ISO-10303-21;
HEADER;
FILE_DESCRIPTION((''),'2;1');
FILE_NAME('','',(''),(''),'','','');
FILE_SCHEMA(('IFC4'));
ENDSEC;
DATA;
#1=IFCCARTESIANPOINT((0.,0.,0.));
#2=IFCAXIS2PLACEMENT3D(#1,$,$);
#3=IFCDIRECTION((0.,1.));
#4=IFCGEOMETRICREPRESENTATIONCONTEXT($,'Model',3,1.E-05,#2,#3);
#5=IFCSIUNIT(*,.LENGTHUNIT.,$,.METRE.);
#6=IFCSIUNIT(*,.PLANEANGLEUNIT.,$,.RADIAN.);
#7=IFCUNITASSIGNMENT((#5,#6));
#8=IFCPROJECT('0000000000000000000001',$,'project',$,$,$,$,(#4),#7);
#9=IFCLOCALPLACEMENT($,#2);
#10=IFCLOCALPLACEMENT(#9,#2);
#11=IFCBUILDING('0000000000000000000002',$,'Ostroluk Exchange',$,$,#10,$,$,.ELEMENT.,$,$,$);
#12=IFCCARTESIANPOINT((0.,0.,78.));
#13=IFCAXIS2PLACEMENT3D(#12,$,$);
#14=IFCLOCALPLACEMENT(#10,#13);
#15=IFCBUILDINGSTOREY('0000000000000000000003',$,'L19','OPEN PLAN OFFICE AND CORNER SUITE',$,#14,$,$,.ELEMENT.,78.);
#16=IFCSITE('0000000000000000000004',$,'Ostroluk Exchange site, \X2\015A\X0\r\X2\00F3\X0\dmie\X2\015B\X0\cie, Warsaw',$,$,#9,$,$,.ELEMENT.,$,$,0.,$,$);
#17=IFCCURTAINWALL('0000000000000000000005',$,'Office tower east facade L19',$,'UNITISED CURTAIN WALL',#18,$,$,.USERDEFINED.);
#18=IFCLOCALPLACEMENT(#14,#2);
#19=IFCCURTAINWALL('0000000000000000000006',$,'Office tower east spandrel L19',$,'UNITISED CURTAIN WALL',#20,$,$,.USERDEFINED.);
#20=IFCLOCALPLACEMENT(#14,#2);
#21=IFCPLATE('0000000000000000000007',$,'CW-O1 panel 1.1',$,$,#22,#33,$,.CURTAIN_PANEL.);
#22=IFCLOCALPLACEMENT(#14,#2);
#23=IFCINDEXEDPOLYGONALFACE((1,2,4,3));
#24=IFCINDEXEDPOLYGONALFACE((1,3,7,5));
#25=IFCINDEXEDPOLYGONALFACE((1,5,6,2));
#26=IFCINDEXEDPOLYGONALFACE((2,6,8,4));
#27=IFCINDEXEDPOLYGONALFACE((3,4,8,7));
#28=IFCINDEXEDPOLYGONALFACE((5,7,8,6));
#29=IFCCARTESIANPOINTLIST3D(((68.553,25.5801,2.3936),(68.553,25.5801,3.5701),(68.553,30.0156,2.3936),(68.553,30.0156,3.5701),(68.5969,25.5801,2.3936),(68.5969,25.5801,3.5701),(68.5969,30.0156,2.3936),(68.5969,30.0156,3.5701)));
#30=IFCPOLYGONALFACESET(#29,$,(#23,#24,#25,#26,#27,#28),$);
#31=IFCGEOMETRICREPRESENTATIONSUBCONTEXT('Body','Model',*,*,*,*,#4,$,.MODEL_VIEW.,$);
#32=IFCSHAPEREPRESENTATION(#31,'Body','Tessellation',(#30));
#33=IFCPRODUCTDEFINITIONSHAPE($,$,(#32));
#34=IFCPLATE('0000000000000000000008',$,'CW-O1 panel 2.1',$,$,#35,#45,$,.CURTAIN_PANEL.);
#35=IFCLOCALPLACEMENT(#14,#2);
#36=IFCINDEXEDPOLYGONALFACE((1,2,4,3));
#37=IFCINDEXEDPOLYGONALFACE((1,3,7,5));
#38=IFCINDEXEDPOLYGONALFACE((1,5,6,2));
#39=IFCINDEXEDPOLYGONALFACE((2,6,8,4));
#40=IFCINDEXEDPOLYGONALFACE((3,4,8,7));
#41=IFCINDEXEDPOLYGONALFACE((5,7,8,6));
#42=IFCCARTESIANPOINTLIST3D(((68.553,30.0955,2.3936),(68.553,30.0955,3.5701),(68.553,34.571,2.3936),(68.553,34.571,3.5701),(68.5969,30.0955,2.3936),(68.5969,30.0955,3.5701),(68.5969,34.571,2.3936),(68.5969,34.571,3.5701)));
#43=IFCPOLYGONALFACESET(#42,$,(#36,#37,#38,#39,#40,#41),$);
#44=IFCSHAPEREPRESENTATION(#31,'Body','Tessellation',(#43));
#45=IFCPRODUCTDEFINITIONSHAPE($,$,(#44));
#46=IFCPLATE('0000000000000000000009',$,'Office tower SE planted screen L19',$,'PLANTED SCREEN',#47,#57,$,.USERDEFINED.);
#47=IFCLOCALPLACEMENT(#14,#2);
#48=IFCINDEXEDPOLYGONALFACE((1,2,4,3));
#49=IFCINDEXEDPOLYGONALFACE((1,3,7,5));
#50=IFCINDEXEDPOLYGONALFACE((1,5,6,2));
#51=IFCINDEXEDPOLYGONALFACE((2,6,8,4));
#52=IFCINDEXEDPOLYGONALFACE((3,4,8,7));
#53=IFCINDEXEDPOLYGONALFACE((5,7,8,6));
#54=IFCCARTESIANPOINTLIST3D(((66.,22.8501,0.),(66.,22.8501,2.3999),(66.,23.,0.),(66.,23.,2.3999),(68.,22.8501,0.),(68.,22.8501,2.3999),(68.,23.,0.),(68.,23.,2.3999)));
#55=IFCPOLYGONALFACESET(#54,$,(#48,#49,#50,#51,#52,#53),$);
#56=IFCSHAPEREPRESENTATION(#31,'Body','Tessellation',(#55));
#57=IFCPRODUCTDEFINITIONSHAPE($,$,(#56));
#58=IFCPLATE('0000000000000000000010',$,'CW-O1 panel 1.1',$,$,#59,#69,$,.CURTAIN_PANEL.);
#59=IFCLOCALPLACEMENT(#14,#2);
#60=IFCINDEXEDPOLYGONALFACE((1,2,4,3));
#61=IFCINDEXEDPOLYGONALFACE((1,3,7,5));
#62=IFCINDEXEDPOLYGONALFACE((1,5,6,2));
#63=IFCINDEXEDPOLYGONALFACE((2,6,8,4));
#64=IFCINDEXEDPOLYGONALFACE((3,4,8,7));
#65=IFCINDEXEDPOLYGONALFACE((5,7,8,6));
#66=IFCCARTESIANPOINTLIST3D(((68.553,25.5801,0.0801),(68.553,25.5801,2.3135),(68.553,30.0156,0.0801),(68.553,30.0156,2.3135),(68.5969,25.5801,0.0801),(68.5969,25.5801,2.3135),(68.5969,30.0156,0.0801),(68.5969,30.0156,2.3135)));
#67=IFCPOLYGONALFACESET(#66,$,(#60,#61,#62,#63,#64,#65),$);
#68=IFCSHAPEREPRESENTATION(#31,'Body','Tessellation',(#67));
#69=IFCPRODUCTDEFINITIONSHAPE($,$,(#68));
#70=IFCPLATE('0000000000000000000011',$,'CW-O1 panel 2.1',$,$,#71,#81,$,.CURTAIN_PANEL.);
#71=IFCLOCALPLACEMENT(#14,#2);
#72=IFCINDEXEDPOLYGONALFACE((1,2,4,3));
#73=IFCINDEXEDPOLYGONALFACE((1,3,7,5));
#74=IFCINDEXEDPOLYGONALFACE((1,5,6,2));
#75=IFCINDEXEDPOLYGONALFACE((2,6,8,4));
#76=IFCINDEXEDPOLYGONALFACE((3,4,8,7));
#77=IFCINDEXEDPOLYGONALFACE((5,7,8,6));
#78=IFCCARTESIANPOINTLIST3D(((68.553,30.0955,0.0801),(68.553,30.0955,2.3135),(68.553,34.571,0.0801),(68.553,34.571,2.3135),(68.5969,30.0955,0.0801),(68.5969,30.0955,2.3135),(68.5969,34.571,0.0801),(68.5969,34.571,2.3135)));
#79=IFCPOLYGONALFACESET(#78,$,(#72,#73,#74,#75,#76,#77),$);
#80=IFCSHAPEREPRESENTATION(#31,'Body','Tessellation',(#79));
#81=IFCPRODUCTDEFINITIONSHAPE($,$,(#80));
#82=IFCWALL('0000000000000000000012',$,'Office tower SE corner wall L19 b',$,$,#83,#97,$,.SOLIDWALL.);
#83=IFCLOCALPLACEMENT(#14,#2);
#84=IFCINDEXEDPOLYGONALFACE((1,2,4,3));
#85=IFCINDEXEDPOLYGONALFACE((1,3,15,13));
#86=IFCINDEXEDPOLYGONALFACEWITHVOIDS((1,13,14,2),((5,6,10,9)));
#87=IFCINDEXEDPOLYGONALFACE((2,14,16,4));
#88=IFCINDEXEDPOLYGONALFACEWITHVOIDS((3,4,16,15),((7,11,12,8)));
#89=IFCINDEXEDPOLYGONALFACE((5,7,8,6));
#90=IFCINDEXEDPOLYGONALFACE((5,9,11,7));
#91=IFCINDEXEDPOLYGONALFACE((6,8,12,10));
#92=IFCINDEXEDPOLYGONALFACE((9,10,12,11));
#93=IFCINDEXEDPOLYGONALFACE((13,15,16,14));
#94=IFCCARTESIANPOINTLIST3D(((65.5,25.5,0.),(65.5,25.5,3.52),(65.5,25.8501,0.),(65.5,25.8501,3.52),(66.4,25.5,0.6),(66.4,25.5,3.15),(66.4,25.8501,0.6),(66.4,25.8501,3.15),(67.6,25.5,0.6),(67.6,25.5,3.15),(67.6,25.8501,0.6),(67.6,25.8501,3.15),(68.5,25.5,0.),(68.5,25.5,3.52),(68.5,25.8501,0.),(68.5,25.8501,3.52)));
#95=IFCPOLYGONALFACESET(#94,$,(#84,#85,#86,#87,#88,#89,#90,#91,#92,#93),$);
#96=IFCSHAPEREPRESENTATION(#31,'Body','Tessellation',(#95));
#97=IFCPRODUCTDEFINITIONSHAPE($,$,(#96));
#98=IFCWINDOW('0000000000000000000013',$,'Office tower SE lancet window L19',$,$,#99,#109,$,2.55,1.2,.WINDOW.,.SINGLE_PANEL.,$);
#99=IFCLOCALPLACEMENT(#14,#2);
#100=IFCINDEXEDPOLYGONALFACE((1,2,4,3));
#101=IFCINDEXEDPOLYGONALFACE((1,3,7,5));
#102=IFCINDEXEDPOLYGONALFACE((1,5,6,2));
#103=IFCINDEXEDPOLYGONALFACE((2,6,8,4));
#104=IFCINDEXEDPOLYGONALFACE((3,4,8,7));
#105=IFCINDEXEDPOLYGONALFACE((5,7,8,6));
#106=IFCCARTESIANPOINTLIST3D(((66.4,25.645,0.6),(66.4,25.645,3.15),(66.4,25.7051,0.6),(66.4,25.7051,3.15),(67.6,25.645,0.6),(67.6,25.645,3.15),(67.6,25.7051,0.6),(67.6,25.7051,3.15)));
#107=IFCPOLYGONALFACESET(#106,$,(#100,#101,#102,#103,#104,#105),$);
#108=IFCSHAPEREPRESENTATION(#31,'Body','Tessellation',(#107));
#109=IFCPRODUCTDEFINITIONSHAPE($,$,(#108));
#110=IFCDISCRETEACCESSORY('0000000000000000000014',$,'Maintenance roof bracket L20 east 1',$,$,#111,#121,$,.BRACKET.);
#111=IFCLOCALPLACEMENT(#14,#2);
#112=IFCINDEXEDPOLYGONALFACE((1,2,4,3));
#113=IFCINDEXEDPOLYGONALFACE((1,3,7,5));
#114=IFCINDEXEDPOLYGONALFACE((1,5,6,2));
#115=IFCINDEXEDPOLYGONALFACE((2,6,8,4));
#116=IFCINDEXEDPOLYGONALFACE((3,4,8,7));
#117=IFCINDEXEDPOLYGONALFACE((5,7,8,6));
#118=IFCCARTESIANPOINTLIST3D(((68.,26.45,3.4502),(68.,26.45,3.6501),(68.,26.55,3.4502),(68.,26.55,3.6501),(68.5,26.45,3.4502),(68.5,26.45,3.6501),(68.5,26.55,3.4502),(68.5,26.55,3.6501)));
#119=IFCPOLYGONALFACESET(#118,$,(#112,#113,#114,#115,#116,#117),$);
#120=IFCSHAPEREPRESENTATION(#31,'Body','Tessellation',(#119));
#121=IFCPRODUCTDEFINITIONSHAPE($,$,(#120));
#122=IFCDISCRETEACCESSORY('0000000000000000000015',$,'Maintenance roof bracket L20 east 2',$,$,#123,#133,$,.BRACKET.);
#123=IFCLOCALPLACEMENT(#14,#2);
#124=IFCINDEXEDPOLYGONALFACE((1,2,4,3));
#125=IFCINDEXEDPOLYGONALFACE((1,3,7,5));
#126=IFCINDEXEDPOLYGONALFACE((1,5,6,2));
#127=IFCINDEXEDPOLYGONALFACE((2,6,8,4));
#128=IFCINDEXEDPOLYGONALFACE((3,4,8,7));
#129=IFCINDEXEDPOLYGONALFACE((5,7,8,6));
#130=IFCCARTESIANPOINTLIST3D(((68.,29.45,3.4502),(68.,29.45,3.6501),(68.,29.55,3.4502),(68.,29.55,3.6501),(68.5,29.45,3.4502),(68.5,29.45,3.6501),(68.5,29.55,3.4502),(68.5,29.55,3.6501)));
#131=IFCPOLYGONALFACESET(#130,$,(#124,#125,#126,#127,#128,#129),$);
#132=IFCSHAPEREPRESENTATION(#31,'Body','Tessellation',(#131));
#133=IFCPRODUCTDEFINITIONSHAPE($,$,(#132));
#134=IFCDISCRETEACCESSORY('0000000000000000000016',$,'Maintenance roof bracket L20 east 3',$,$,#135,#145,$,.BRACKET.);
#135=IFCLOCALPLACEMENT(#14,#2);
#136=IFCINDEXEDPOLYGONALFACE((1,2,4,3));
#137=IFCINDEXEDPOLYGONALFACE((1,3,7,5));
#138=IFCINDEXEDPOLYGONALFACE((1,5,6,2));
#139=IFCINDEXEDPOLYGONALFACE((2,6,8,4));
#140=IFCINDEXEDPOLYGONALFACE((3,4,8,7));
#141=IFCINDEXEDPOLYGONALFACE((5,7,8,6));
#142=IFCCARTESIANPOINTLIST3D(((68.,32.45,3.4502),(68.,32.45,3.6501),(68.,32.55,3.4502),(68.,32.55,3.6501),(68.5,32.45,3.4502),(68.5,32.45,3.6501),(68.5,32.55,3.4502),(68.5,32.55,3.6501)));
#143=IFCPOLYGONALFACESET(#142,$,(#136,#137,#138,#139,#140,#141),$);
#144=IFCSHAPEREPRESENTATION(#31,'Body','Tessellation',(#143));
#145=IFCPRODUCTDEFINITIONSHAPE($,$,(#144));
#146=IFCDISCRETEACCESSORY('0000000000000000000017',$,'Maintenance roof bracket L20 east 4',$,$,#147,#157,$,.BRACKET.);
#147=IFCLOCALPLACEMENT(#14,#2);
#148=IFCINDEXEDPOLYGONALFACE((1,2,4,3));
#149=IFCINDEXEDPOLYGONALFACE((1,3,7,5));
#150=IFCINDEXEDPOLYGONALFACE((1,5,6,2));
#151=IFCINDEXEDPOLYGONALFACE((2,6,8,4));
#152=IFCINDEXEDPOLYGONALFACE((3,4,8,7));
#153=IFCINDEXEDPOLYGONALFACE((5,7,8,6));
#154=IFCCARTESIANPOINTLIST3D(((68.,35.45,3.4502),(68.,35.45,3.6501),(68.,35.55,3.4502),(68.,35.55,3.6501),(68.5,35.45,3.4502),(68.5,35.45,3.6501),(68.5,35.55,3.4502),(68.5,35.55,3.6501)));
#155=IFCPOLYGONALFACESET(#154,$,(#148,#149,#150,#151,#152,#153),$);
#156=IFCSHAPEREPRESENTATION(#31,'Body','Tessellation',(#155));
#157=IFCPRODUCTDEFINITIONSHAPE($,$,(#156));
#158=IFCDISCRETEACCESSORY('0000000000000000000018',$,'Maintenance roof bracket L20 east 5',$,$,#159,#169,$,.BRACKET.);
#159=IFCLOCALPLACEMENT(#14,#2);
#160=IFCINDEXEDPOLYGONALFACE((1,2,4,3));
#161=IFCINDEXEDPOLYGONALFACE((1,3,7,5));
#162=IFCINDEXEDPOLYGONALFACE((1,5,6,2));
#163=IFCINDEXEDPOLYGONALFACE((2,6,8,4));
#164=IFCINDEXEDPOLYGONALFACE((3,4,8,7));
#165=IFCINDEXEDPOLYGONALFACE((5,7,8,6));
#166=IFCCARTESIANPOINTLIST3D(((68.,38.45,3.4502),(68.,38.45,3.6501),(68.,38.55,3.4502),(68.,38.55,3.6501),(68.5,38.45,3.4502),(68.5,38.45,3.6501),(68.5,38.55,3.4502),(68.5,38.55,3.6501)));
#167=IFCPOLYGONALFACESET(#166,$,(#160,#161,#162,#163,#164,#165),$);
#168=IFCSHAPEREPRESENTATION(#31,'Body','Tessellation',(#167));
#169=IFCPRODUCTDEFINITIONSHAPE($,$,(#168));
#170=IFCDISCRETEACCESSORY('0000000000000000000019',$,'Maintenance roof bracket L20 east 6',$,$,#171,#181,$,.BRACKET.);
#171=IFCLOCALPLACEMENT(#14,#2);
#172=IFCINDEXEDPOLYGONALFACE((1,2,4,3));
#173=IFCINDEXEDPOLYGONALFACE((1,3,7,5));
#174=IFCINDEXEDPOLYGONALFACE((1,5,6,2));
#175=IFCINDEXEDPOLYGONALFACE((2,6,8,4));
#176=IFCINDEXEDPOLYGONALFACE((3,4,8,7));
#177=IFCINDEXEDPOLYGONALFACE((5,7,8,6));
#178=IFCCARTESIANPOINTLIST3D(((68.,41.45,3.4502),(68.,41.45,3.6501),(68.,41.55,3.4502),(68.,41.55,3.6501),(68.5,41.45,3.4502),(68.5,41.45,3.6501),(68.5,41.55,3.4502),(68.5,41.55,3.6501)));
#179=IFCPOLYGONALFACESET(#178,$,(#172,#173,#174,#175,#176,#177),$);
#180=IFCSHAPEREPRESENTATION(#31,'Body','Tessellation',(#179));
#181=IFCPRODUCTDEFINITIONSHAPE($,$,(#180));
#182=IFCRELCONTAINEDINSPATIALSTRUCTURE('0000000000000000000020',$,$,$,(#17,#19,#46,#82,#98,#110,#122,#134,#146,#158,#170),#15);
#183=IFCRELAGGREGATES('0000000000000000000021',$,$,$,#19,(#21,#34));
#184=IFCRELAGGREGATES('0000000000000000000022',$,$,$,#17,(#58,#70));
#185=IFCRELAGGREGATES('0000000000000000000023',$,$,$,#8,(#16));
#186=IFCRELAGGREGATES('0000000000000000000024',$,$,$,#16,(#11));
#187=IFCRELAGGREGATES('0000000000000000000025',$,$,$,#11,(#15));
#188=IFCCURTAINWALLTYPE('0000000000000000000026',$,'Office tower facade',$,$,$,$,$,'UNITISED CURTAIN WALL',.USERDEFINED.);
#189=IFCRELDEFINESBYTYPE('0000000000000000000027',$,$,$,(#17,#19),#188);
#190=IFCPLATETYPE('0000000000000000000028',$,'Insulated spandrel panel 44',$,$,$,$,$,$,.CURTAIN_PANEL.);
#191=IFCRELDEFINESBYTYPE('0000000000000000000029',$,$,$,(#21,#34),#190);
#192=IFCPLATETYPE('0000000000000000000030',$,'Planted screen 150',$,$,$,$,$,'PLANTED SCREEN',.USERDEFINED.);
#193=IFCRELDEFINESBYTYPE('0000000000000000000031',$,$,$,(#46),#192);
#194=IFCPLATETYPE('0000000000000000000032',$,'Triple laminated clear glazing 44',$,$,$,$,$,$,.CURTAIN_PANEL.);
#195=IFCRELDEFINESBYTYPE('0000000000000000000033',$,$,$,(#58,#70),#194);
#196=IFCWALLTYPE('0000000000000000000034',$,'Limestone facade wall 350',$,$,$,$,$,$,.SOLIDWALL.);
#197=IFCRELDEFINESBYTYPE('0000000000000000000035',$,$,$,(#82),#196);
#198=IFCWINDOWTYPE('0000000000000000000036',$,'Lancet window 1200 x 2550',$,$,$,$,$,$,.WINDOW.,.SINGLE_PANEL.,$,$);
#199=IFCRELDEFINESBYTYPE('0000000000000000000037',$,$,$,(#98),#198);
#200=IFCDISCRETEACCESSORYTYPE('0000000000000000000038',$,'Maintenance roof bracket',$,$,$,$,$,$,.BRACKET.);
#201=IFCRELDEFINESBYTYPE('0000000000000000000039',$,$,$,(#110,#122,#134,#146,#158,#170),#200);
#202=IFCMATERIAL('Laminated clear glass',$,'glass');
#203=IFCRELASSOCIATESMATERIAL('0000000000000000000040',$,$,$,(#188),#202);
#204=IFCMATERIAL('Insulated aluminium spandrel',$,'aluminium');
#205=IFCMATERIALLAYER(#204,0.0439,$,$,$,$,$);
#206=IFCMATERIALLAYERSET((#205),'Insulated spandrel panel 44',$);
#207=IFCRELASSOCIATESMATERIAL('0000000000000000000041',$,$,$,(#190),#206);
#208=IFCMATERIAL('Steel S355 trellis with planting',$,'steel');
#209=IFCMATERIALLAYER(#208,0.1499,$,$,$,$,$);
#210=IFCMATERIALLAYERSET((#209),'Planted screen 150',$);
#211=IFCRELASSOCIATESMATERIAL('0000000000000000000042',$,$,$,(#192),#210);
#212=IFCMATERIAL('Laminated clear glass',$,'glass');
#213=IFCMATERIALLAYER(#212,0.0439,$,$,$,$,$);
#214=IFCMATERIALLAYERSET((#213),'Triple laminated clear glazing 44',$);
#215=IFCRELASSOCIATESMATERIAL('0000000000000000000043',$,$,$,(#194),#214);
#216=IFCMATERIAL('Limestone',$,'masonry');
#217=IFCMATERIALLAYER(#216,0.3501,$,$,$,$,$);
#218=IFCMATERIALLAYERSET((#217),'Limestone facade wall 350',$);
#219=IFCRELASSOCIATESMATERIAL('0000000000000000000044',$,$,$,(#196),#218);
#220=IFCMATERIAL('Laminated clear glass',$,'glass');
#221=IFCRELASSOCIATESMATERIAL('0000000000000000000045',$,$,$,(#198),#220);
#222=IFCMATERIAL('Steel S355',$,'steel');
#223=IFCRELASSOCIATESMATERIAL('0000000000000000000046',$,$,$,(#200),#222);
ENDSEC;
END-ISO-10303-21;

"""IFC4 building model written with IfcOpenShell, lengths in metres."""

from ifc_helpers import new_model, si_unit, direction, frame, frame_2d, origin, origin_2d, place, context, subcontext, project, spatial, rectangle, extrude, material, layer, layer_set, type_object, element, fill, aggregate, save


model = new_model("IFC4")

# Units and contexts
model_context = context("Model", 3, precision=1e-05, world=origin(), true_north=direction((0.0, 1.0)))
body_context = subcontext(model_context, "Body", "Model", "MODEL_VIEW")
ifc_project = project(units=[si_unit("LENGTHUNIT", "METRE"), si_unit("PLANEANGLEUNIT", "RADIAN")], contexts=[model_context])

# Site, building, storey
site_placement = place(None, origin())
site = spatial("IfcSite", under=ifc_project, at=site_placement, Name="Ostroluk Exchange site, Śródmieście, Warsaw", CompositionType="ELEMENT", RefElevation=0.0)
building_placement = place(site_placement, origin())
building = spatial("IfcBuilding", under=site, at=building_placement, Name="Ostroluk Exchange", CompositionType="ELEMENT")
storey_placement = place(building_placement, frame((0.0, 0.0, 78.0)))
storey = spatial("IfcBuildingStorey", under=building, at=storey_placement, Name="L19", Description="OPEN PLAN OFFICE AND CORNER SUITE", CompositionType="ELEMENT", Elevation=78.0)

# Curtain wall
ifc_material_1 = material(Name="Laminated clear glass", Category="glass")
curtain_wall_type = type_object("IfcCurtainWallType", Name="Office tower facade", ElementType="UNITISED CURTAIN WALL", PredefinedType="USERDEFINED", material=ifc_material_1)
curtain_wall_1_placement = place(storey_placement, origin())
curtain_wall_1 = element("IfcCurtainWall", 1, at=curtain_wall_1_placement, inside=storey, type_object=curtain_wall_type, Name="Office tower east facade L19", ObjectType="UNITISED CURTAIN WALL", PredefinedType="USERDEFINED")

# Curtain wall, plates
curtain_wall_2_placement = place(storey_placement, origin())
curtain_wall_2 = element("IfcCurtainWall", 2, at=curtain_wall_2_placement, inside=storey, type_object=curtain_wall_type, Name="Office tower east spandrel L19", ObjectType="UNITISED CURTAIN WALL", PredefinedType="USERDEFINED")
ifc_material_2 = material(Name="Insulated aluminium spandrel", Category="aluminium")
ifc_layer_1 = layer(ifc_material_2, 0.0439)
ifc_layer_set_1 = layer_set([ifc_layer_1], Name="Insulated spandrel panel 44")
plate_type_1 = type_object("IfcPlateType", Name="Insulated spandrel panel 44", PredefinedType="CURTAIN_PANEL", material=ifc_layer_set_1)
plate_1_placement = place(storey_placement, frame((68.575, 27.7979, 2.3936), z_axis=(0.0, 0.0, 1.0), x_axis=(0.0, 1.0, 0.0)))
plate_1 = element("IfcPlate", 3, at=plate_1_placement, type_object=plate_type_1, Name="CW-O1 panel 1.1", PredefinedType="CURTAIN_PANEL", context=body_context, shape_type="SweptSolid", body=[
    extrude(rectangle(XDim=4.4355, YDim=0.0439, at=origin_2d()), origin(), (0.0, 0.0, 1.0), 1.1765),
])
plate_2_placement = place(storey_placement, frame((68.575, 32.3333, 2.3936), z_axis=(0.0, 0.0, 1.0), x_axis=(0.0, 1.0, 0.0)))
plate_2 = element("IfcPlate", 4, at=plate_2_placement, type_object=plate_type_1, Name="CW-O1 panel 2.1", PredefinedType="CURTAIN_PANEL", context=body_context, shape_type="SweptSolid", body=[
    extrude(rectangle(XDim=4.4756, YDim=0.0439, at=origin_2d()), origin(), (0.0, 0.0, 1.0), 1.1765),
])
aggregate(curtain_wall_2, [plate_1, plate_2])

# Plates
ifc_material_3 = material(Name="Steel S355 trellis with planting", Category="steel")
ifc_layer_2 = layer(ifc_material_3, 0.1499)
ifc_layer_set_2 = layer_set([ifc_layer_2], Name="Planted screen 150")
plate_type_2 = type_object("IfcPlateType", Name="Planted screen 150", ElementType="PLANTED SCREEN", PredefinedType="USERDEFINED", material=ifc_layer_set_2)
plate_3_placement = place(storey_placement, frame((67.0, 22.925, 0.0), z_axis=(0.0, 0.0, 1.0), x_axis=(1.0, 0.0, 0.0)))
element("IfcPlate", 5, at=plate_3_placement, inside=storey, type_object=plate_type_2, Name="Office tower SE planted screen L19", ObjectType="PLANTED SCREEN", PredefinedType="USERDEFINED", context=body_context, shape_type="SweptSolid", body=[
    extrude(rectangle(XDim=2.0, YDim=0.1499, at=origin_2d()), origin(), (0.0, 0.0, 1.0), 2.3999),
])
ifc_material_4 = material(Name="Laminated clear glass", Category="glass")
ifc_layer_3 = layer(ifc_material_4, 0.0439)
ifc_layer_set_3 = layer_set([ifc_layer_3], Name="Triple laminated clear glazing 44")
plate_type_3 = type_object("IfcPlateType", Name="Triple laminated clear glazing 44", PredefinedType="CURTAIN_PANEL", material=ifc_layer_set_3)
plate_4_placement = place(storey_placement, frame((68.575, 27.7979, 0.0801), z_axis=(0.0, 0.0, 1.0), x_axis=(0.0, 1.0, 0.0)))
plate_4 = element("IfcPlate", 6, at=plate_4_placement, type_object=plate_type_3, Name="CW-O1 panel 1.1", PredefinedType="CURTAIN_PANEL", context=body_context, shape_type="SweptSolid", body=[
    extrude(rectangle(XDim=4.4355, YDim=0.0439, at=origin_2d()), origin(), (0.0, 0.0, 1.0), 2.2334),
])
plate_5_placement = place(storey_placement, frame((68.575, 32.3333, 0.0801), z_axis=(0.0, 0.0, 1.0), x_axis=(0.0, 1.0, 0.0)))
plate_5 = element("IfcPlate", 7, at=plate_5_placement, type_object=plate_type_3, Name="CW-O1 panel 2.1", PredefinedType="CURTAIN_PANEL", context=body_context, shape_type="SweptSolid", body=[
    extrude(rectangle(XDim=4.4756, YDim=0.0439, at=origin_2d()), origin(), (0.0, 0.0, 1.0), 2.2334),
])
aggregate(curtain_wall_1, [plate_4, plate_5])

# Wall, opening, window
ifc_material_5 = material(Name="Limestone", Category="masonry")
ifc_layer_4 = layer(ifc_material_5, 0.3501)
ifc_layer_set_4 = layer_set([ifc_layer_4], Name="Limestone facade wall 350")
wall_type = type_object("IfcWallType", Name="Limestone facade wall 350", PredefinedType="SOLIDWALL", material=ifc_layer_set_4)
wall_placement = place(storey_placement, frame((65.5, 25.675, 0.0), z_axis=(0.0, 0.0, 1.0), x_axis=(1.0, 0.0, 0.0)))
wall = element("IfcWall", 8, at=wall_placement, inside=storey, type_object=wall_type, Name="Office tower SE corner wall L19 b", PredefinedType="SOLIDWALL", context=body_context, shape_type="SweptSolid", body=[
    extrude(rectangle(XDim=3.0, YDim=0.3501, at=frame_2d((1.5, 0.0))), origin(), (0.0, 0.0, 1.0), 3.52),
])
opening_placement = place(wall_placement, frame((0.8999, 0.0, 0.6001)))
opening = element("IfcOpeningElement", 9, at=opening_placement, cuts=wall, PredefinedType="OPENING", context=body_context, shape_type="SweptSolid", body=[
    extrude(rectangle(XDim=1.2, YDim=2.55, at=frame_2d((0.6001, 1.2749))), frame((0.0, 0.1851, 0.0), z_axis=(0.0, -1.0, 0.0), x_axis=(1.0, 0.0, 0.0)), (0.0, 0.0, 1.0), 0.3701),
])
ifc_material_6 = material(Name="Laminated clear glass", Category="glass")
window_type = type_object("IfcWindowType", Name="Lancet window 1200 x 2550", PartitioningType="SINGLE_PANEL", PredefinedType="WINDOW", material=ifc_material_6)
window_placement = place(opening_placement, origin())
window = element("IfcWindow", 10, at=window_placement, inside=storey, type_object=window_type, Name="Office tower SE lancet window L19", OverallHeight=2.55, OverallWidth=1.2, PartitioningType="SINGLE_PANEL", PredefinedType="WINDOW", context=body_context, shape_type="SweptSolid", body=[
    extrude(rectangle(XDim=1.2, YDim=2.55, at=frame_2d((0.6001, 1.2749))), frame((0.0, 0.03, 0.0), z_axis=(0.0, -1.0, 0.0), x_axis=(1.0, 0.0, 0.0)), (0.0, 0.0, 1.0), 0.0601),
])
fill(opening, window)

# Discrete accessories
ifc_material_7 = material(Name="Steel S355", Category="steel")
discrete_accessory_type = type_object("IfcDiscreteAccessoryType", Name="Maintenance roof bracket", PredefinedType="BRACKET", material=ifc_material_7)
for number, where, z_axis, x_axis, name in (
    (11, (68.25, 26.5, 3.4502), (0.0, 0.0, 1.0), (1.0, 0.0, 0.0), "Maintenance roof bracket L20 east 1"),
    (12, (68.25, 29.5, 3.4502), (0.0, 0.0, 1.0), (1.0, 0.0, 0.0), "Maintenance roof bracket L20 east 2"),
    (13, (68.25, 32.5, 3.4502), (0.0, 0.0, 1.0), (1.0, 0.0, 0.0), "Maintenance roof bracket L20 east 3"),
    (14, (68.25, 35.5, 3.4502), (0.0, 0.0, 1.0), (1.0, 0.0, 0.0), "Maintenance roof bracket L20 east 4"),
    (15, (68.25, 38.5, 3.4502), (0.0, 0.0, 1.0), (1.0, 0.0, 0.0), "Maintenance roof bracket L20 east 5"),
    (16, (68.25, 41.5, 3.4502), (0.0, 0.0, 1.0), (1.0, 0.0, 0.0), "Maintenance roof bracket L20 east 6"),
):
    element("IfcDiscreteAccessory", number, at=place(storey_placement, frame(where, z_axis=z_axis, x_axis=x_axis)), inside=storey, type_object=discrete_accessory_type, Name=name, PredefinedType="BRACKET", context=body_context, shape_type="SweptSolid", body=[
        extrude(rectangle(XDim=0.5, YDim=0.1001, at=origin_2d()), origin(), (0.0, 0.0, 1.0), 0.2),
    ])

save(model, "model.ifc")
